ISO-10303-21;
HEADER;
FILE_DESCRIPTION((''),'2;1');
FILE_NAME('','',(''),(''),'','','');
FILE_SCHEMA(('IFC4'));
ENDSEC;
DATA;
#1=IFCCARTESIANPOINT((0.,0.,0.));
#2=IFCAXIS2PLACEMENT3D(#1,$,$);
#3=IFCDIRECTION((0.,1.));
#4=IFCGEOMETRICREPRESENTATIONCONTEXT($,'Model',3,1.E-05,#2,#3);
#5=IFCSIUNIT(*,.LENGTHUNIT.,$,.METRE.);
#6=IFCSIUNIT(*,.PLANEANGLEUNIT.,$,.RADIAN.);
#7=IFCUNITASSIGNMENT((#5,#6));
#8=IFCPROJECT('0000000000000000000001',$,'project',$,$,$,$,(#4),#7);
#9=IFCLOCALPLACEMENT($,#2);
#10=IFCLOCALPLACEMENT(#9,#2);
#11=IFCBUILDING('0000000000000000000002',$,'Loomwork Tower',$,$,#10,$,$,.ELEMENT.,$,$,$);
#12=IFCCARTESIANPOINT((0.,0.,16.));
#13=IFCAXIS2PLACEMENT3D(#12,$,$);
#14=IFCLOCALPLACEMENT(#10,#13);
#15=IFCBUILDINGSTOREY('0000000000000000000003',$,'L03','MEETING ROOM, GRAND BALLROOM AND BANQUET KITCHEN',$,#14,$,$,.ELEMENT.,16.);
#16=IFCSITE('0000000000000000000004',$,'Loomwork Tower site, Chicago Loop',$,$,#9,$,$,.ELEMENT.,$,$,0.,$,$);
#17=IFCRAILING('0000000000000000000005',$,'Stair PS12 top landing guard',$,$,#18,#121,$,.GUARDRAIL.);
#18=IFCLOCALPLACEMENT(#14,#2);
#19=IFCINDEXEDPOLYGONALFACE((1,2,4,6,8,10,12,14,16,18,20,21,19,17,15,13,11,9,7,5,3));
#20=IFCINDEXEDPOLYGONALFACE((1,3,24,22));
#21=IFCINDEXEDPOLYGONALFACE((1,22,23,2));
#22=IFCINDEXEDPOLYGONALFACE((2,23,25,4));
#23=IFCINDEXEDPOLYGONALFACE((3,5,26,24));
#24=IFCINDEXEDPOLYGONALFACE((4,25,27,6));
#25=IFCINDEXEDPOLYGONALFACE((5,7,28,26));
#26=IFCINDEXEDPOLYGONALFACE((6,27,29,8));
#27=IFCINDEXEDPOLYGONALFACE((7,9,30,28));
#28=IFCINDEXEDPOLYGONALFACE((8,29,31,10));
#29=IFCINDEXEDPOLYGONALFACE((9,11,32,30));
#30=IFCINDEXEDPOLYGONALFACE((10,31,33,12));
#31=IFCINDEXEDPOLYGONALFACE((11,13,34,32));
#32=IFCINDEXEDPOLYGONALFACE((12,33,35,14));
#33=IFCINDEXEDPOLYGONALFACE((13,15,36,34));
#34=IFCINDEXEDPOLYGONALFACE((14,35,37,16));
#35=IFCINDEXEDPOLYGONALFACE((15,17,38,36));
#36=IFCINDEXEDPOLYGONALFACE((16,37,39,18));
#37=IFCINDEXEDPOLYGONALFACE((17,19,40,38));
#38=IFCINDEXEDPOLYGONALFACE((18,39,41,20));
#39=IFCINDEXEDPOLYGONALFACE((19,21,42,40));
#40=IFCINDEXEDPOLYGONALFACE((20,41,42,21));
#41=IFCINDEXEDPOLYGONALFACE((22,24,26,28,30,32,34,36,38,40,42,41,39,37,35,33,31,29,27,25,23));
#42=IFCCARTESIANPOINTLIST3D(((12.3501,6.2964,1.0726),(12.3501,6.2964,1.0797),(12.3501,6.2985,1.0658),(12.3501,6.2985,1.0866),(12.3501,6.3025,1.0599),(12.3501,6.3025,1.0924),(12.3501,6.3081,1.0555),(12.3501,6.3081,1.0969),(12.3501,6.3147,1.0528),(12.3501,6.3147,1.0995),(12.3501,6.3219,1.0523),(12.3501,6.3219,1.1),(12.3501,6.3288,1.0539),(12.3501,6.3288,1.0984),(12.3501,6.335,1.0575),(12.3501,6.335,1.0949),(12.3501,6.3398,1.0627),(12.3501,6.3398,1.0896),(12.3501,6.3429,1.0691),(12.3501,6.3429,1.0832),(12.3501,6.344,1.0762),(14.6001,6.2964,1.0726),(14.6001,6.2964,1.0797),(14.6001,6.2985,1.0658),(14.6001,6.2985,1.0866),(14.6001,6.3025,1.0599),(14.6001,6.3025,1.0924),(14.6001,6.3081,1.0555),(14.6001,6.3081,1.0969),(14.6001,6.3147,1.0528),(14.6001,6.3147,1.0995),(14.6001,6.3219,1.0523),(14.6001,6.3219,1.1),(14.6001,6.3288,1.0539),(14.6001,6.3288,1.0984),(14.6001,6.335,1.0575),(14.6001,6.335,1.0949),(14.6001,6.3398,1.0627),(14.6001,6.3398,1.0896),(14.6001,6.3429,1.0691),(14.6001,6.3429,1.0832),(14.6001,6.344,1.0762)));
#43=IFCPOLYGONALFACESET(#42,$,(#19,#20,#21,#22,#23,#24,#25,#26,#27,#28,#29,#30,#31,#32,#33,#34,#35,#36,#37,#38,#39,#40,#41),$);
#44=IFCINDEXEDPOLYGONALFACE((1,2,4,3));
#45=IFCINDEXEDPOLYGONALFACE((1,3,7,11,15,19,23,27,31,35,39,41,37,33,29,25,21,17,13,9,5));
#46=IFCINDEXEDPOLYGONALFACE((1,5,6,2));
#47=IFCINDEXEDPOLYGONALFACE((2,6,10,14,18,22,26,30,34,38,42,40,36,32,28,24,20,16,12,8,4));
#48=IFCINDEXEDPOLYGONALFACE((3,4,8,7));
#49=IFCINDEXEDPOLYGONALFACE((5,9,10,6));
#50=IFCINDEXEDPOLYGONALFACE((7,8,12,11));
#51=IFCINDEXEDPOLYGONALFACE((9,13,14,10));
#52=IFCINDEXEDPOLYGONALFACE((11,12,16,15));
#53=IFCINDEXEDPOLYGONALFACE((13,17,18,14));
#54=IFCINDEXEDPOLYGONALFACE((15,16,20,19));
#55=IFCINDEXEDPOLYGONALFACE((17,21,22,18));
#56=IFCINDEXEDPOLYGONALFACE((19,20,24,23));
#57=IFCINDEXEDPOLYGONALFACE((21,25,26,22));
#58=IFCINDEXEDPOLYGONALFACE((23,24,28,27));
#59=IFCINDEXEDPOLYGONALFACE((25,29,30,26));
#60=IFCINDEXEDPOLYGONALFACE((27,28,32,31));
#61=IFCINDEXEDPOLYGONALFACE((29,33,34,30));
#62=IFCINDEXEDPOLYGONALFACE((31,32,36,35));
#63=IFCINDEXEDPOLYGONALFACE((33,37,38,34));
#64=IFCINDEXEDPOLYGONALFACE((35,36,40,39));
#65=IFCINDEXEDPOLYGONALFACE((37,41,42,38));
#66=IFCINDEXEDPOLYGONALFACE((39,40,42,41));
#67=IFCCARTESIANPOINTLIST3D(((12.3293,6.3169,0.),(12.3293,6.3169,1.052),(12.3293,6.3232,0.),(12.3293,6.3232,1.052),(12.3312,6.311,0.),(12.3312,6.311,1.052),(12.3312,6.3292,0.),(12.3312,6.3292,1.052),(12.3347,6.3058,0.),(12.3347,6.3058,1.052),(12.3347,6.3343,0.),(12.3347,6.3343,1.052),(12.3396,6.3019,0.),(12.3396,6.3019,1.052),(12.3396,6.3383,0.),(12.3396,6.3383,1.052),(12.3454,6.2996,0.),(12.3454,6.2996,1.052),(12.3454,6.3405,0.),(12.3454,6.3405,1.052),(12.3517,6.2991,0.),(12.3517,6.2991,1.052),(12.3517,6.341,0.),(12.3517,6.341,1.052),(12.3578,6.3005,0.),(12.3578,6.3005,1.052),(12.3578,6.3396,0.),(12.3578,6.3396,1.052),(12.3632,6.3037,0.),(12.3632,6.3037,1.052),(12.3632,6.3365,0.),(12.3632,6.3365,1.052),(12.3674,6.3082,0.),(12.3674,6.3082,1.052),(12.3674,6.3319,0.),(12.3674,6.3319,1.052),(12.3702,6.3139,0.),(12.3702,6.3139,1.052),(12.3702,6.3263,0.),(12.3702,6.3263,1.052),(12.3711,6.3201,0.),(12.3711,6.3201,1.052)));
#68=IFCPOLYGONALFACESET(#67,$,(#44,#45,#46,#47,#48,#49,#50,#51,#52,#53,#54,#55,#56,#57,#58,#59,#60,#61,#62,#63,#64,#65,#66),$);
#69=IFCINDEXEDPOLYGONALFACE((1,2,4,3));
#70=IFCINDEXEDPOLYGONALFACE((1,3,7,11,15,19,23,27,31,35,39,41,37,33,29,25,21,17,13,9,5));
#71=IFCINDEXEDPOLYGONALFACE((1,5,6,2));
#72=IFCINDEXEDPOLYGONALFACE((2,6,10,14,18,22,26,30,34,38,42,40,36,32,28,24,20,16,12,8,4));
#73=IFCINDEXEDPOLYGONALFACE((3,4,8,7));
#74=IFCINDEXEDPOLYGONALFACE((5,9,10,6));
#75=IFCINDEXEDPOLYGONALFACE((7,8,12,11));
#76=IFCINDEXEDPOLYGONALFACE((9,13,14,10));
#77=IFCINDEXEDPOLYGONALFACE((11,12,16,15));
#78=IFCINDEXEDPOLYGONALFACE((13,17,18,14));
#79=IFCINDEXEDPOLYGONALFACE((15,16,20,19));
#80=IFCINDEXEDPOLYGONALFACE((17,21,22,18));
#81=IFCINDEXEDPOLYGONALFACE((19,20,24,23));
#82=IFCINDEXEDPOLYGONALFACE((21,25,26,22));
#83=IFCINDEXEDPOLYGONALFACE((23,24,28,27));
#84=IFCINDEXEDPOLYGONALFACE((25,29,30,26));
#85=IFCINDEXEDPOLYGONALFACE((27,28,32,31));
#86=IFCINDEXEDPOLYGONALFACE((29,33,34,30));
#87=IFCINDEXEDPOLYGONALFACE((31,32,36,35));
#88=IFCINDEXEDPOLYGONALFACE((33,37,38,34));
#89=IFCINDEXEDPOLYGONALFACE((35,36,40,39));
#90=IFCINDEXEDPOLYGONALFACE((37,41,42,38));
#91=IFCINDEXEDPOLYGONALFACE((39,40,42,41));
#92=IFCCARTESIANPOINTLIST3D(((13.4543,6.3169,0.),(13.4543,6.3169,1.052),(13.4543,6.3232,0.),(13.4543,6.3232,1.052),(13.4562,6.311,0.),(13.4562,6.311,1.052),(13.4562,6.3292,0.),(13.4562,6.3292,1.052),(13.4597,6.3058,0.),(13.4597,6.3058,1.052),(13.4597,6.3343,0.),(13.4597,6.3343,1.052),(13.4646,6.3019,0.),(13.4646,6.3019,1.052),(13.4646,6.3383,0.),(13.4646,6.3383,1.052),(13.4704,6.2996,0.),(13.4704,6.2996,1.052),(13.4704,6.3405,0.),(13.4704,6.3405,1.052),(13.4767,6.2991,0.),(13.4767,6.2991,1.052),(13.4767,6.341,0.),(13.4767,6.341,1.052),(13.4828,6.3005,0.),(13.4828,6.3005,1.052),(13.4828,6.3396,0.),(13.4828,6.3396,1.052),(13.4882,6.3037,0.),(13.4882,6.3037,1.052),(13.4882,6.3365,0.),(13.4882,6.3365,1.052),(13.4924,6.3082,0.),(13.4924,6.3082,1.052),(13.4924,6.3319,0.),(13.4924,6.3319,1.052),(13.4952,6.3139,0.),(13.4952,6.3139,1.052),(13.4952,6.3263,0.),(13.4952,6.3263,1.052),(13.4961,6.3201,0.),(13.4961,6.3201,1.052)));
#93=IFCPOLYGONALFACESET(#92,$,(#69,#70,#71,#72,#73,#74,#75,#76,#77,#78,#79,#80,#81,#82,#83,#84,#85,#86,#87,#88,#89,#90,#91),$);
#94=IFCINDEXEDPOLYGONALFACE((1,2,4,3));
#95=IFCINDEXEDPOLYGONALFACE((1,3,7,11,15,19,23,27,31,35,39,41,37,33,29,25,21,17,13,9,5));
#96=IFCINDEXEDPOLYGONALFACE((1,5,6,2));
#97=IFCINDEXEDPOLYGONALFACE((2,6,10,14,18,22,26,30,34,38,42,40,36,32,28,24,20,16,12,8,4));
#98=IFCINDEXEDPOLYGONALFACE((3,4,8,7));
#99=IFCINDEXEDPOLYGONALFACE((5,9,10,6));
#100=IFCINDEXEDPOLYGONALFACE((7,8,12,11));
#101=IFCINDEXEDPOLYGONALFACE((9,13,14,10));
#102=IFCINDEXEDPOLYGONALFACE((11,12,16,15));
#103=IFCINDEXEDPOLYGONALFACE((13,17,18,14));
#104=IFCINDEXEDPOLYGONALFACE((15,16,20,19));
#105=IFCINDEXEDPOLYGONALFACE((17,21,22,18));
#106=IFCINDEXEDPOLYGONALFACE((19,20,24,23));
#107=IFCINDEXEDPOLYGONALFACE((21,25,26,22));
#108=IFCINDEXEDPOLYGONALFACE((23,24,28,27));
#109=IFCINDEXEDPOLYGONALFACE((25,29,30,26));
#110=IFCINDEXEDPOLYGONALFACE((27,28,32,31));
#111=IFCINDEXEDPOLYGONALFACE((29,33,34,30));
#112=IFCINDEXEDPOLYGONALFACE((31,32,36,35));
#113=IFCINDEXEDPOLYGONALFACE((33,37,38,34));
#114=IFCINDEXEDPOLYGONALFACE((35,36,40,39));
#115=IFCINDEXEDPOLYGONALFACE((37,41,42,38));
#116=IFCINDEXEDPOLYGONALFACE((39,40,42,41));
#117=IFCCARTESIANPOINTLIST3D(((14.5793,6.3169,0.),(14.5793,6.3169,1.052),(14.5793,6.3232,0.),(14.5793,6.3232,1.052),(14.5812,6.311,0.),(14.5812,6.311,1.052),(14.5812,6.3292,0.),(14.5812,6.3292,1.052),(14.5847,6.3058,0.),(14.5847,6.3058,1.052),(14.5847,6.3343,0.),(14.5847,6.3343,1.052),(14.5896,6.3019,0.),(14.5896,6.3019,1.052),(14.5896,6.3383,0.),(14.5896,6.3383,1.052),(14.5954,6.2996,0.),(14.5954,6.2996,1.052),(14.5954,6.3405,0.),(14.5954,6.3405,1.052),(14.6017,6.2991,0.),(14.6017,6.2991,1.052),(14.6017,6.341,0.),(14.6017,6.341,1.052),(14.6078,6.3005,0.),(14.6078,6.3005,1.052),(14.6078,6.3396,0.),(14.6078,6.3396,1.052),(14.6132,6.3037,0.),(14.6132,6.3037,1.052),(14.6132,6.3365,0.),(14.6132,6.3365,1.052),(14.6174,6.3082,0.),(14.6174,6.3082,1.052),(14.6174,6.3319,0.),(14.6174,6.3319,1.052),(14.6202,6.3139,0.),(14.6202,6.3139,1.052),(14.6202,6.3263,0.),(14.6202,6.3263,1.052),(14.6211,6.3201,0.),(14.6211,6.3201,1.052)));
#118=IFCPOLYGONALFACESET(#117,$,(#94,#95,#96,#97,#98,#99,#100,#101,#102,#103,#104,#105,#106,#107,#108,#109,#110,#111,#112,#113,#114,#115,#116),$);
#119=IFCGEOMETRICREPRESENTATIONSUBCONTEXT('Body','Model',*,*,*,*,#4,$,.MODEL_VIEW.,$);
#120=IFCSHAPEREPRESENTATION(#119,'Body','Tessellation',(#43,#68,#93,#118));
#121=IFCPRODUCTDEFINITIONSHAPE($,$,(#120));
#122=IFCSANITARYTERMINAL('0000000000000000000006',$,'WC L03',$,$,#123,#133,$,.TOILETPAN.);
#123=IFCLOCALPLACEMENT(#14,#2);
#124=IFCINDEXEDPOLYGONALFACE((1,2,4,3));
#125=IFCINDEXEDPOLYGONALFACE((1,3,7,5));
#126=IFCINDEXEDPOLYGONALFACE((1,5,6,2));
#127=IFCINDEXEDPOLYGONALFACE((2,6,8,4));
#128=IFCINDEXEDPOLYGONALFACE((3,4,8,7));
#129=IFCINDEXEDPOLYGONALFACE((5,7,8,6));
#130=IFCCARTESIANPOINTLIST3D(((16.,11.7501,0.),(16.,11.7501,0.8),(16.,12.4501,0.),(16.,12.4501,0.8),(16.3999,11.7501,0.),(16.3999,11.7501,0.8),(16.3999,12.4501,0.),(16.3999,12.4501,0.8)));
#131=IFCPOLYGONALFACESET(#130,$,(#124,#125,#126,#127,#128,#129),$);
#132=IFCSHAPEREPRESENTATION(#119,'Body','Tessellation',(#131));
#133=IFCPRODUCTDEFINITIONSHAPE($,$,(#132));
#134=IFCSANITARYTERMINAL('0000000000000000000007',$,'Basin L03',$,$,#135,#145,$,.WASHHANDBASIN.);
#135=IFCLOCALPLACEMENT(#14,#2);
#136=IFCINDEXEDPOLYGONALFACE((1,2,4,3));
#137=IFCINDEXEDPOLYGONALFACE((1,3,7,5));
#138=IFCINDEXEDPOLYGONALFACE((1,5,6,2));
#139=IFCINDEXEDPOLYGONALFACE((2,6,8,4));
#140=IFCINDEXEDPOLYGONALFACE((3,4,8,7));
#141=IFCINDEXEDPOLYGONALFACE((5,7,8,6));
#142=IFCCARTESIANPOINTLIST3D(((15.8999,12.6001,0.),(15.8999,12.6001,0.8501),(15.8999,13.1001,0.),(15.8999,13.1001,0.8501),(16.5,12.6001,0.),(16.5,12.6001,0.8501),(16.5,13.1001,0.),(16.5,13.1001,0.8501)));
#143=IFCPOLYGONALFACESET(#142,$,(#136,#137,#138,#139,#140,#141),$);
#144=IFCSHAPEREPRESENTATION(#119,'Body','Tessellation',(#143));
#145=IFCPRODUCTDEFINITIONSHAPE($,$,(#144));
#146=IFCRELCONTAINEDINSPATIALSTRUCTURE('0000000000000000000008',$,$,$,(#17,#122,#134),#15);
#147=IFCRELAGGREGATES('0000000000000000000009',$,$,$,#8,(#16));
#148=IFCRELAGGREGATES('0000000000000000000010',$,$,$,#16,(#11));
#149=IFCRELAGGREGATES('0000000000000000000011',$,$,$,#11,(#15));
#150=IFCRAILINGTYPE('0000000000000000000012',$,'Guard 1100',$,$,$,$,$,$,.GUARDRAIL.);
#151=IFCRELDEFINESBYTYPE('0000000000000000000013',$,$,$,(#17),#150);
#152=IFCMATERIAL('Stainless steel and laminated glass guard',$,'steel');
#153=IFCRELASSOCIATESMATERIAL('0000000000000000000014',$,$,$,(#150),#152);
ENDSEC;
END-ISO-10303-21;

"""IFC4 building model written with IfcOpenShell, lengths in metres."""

from ifc_helpers import new_model, si_unit, direction, frame, origin, origin_2d, place, context, subcontext, project, spatial, rectangle, circle, extrude, material, type_object, element, save


model = new_model("IFC4")

# Units and contexts
model_context = context("Model", 3, precision=1e-05, world=origin(), true_north=direction((0.0, 1.0)))
body_context = subcontext(model_context, "Body", "Model", "MODEL_VIEW")
ifc_project = project(units=[si_unit("LENGTHUNIT", "METRE"), si_unit("PLANEANGLEUNIT", "RADIAN")], contexts=[model_context])

# Site, building, storey
site_placement = place(None, origin())
site = spatial("IfcSite", under=ifc_project, at=site_placement, Name="Loomwork Tower site, Chicago Loop", CompositionType="ELEMENT", RefElevation=0.0)
building_placement = place(site_placement, origin())
building = spatial("IfcBuilding", under=site, at=building_placement, Name="Loomwork Tower", CompositionType="ELEMENT")
storey_placement = place(building_placement, frame((0.0, 0.0, 16.0)))
storey = spatial("IfcBuildingStorey", under=building, at=storey_placement, Name="L03", Description="MEETING ROOM, GRAND BALLROOM AND BANQUET KITCHEN", CompositionType="ELEMENT", Elevation=16.0)

# Railing
ifc_material_1 = material(Name="Stainless steel and laminated glass guard", Category="steel")
railing_type = type_object("IfcRailingType", Name="Guard 1100", PredefinedType="GUARDRAIL", material=ifc_material_1)
railing_placement = place(storey_placement, frame((12.3501, 6.3201, 0.0)))
element("IfcRailing", 1, at=railing_placement, inside=storey, type_object=railing_type, Name="Stair PS12 top landing guard", PredefinedType="GUARDRAIL", context=body_context, shape_type="SweptSolid", body=[
    extrude(circle(Radius=0.0239, at=origin_2d()), frame((0.0, 0.0, 1.0762), z_axis=(1.0, 0.0, 0.0), x_axis=(0.0, 1.0, 0.0)), (0.0, 0.0, 1.0), 2.25),
    extrude(circle(Radius=0.021, at=origin_2d()), origin(), (0.0, 0.0, 1.0), 1.052),
    extrude(circle(Radius=0.021, at=origin_2d()), frame((1.125, 0.0, 0.0)), (0.0, 0.0, 1.0), 1.052),
    extrude(circle(Radius=0.021, at=origin_2d()), frame((2.25, 0.0, 0.0)), (0.0, 0.0, 1.0), 1.052),
])

# Sanitary terminals
sanitary_terminal_1_placement = place(storey_placement, frame((16.2, 12.1001, 0.0), z_axis=(0.0, 0.0, 1.0), x_axis=(1.0, 0.0, 0.0)))
element("IfcSanitaryTerminal", 2, at=sanitary_terminal_1_placement, inside=storey, Name="WC L03", PredefinedType="TOILETPAN", context=body_context, shape_type="SweptSolid", body=[
    extrude(rectangle(XDim=0.3999, YDim=0.7, at=origin_2d()), origin(), (0.0, 0.0, 1.0), 0.8),
])
sanitary_terminal_2_placement = place(storey_placement, frame((16.2, 12.8501, 0.0), z_axis=(0.0, 0.0, 1.0), x_axis=(1.0, 0.0, 0.0)))
element("IfcSanitaryTerminal", 3, at=sanitary_terminal_2_placement, inside=storey, Name="Basin L03", PredefinedType="WASHHANDBASIN", context=body_context, shape_type="SweptSolid", body=[
    extrude(rectangle(XDim=0.6001, YDim=0.5, at=origin_2d()), origin(), (0.0, 0.0, 1.0), 0.8501),
])

save(model, "model.ifc")
